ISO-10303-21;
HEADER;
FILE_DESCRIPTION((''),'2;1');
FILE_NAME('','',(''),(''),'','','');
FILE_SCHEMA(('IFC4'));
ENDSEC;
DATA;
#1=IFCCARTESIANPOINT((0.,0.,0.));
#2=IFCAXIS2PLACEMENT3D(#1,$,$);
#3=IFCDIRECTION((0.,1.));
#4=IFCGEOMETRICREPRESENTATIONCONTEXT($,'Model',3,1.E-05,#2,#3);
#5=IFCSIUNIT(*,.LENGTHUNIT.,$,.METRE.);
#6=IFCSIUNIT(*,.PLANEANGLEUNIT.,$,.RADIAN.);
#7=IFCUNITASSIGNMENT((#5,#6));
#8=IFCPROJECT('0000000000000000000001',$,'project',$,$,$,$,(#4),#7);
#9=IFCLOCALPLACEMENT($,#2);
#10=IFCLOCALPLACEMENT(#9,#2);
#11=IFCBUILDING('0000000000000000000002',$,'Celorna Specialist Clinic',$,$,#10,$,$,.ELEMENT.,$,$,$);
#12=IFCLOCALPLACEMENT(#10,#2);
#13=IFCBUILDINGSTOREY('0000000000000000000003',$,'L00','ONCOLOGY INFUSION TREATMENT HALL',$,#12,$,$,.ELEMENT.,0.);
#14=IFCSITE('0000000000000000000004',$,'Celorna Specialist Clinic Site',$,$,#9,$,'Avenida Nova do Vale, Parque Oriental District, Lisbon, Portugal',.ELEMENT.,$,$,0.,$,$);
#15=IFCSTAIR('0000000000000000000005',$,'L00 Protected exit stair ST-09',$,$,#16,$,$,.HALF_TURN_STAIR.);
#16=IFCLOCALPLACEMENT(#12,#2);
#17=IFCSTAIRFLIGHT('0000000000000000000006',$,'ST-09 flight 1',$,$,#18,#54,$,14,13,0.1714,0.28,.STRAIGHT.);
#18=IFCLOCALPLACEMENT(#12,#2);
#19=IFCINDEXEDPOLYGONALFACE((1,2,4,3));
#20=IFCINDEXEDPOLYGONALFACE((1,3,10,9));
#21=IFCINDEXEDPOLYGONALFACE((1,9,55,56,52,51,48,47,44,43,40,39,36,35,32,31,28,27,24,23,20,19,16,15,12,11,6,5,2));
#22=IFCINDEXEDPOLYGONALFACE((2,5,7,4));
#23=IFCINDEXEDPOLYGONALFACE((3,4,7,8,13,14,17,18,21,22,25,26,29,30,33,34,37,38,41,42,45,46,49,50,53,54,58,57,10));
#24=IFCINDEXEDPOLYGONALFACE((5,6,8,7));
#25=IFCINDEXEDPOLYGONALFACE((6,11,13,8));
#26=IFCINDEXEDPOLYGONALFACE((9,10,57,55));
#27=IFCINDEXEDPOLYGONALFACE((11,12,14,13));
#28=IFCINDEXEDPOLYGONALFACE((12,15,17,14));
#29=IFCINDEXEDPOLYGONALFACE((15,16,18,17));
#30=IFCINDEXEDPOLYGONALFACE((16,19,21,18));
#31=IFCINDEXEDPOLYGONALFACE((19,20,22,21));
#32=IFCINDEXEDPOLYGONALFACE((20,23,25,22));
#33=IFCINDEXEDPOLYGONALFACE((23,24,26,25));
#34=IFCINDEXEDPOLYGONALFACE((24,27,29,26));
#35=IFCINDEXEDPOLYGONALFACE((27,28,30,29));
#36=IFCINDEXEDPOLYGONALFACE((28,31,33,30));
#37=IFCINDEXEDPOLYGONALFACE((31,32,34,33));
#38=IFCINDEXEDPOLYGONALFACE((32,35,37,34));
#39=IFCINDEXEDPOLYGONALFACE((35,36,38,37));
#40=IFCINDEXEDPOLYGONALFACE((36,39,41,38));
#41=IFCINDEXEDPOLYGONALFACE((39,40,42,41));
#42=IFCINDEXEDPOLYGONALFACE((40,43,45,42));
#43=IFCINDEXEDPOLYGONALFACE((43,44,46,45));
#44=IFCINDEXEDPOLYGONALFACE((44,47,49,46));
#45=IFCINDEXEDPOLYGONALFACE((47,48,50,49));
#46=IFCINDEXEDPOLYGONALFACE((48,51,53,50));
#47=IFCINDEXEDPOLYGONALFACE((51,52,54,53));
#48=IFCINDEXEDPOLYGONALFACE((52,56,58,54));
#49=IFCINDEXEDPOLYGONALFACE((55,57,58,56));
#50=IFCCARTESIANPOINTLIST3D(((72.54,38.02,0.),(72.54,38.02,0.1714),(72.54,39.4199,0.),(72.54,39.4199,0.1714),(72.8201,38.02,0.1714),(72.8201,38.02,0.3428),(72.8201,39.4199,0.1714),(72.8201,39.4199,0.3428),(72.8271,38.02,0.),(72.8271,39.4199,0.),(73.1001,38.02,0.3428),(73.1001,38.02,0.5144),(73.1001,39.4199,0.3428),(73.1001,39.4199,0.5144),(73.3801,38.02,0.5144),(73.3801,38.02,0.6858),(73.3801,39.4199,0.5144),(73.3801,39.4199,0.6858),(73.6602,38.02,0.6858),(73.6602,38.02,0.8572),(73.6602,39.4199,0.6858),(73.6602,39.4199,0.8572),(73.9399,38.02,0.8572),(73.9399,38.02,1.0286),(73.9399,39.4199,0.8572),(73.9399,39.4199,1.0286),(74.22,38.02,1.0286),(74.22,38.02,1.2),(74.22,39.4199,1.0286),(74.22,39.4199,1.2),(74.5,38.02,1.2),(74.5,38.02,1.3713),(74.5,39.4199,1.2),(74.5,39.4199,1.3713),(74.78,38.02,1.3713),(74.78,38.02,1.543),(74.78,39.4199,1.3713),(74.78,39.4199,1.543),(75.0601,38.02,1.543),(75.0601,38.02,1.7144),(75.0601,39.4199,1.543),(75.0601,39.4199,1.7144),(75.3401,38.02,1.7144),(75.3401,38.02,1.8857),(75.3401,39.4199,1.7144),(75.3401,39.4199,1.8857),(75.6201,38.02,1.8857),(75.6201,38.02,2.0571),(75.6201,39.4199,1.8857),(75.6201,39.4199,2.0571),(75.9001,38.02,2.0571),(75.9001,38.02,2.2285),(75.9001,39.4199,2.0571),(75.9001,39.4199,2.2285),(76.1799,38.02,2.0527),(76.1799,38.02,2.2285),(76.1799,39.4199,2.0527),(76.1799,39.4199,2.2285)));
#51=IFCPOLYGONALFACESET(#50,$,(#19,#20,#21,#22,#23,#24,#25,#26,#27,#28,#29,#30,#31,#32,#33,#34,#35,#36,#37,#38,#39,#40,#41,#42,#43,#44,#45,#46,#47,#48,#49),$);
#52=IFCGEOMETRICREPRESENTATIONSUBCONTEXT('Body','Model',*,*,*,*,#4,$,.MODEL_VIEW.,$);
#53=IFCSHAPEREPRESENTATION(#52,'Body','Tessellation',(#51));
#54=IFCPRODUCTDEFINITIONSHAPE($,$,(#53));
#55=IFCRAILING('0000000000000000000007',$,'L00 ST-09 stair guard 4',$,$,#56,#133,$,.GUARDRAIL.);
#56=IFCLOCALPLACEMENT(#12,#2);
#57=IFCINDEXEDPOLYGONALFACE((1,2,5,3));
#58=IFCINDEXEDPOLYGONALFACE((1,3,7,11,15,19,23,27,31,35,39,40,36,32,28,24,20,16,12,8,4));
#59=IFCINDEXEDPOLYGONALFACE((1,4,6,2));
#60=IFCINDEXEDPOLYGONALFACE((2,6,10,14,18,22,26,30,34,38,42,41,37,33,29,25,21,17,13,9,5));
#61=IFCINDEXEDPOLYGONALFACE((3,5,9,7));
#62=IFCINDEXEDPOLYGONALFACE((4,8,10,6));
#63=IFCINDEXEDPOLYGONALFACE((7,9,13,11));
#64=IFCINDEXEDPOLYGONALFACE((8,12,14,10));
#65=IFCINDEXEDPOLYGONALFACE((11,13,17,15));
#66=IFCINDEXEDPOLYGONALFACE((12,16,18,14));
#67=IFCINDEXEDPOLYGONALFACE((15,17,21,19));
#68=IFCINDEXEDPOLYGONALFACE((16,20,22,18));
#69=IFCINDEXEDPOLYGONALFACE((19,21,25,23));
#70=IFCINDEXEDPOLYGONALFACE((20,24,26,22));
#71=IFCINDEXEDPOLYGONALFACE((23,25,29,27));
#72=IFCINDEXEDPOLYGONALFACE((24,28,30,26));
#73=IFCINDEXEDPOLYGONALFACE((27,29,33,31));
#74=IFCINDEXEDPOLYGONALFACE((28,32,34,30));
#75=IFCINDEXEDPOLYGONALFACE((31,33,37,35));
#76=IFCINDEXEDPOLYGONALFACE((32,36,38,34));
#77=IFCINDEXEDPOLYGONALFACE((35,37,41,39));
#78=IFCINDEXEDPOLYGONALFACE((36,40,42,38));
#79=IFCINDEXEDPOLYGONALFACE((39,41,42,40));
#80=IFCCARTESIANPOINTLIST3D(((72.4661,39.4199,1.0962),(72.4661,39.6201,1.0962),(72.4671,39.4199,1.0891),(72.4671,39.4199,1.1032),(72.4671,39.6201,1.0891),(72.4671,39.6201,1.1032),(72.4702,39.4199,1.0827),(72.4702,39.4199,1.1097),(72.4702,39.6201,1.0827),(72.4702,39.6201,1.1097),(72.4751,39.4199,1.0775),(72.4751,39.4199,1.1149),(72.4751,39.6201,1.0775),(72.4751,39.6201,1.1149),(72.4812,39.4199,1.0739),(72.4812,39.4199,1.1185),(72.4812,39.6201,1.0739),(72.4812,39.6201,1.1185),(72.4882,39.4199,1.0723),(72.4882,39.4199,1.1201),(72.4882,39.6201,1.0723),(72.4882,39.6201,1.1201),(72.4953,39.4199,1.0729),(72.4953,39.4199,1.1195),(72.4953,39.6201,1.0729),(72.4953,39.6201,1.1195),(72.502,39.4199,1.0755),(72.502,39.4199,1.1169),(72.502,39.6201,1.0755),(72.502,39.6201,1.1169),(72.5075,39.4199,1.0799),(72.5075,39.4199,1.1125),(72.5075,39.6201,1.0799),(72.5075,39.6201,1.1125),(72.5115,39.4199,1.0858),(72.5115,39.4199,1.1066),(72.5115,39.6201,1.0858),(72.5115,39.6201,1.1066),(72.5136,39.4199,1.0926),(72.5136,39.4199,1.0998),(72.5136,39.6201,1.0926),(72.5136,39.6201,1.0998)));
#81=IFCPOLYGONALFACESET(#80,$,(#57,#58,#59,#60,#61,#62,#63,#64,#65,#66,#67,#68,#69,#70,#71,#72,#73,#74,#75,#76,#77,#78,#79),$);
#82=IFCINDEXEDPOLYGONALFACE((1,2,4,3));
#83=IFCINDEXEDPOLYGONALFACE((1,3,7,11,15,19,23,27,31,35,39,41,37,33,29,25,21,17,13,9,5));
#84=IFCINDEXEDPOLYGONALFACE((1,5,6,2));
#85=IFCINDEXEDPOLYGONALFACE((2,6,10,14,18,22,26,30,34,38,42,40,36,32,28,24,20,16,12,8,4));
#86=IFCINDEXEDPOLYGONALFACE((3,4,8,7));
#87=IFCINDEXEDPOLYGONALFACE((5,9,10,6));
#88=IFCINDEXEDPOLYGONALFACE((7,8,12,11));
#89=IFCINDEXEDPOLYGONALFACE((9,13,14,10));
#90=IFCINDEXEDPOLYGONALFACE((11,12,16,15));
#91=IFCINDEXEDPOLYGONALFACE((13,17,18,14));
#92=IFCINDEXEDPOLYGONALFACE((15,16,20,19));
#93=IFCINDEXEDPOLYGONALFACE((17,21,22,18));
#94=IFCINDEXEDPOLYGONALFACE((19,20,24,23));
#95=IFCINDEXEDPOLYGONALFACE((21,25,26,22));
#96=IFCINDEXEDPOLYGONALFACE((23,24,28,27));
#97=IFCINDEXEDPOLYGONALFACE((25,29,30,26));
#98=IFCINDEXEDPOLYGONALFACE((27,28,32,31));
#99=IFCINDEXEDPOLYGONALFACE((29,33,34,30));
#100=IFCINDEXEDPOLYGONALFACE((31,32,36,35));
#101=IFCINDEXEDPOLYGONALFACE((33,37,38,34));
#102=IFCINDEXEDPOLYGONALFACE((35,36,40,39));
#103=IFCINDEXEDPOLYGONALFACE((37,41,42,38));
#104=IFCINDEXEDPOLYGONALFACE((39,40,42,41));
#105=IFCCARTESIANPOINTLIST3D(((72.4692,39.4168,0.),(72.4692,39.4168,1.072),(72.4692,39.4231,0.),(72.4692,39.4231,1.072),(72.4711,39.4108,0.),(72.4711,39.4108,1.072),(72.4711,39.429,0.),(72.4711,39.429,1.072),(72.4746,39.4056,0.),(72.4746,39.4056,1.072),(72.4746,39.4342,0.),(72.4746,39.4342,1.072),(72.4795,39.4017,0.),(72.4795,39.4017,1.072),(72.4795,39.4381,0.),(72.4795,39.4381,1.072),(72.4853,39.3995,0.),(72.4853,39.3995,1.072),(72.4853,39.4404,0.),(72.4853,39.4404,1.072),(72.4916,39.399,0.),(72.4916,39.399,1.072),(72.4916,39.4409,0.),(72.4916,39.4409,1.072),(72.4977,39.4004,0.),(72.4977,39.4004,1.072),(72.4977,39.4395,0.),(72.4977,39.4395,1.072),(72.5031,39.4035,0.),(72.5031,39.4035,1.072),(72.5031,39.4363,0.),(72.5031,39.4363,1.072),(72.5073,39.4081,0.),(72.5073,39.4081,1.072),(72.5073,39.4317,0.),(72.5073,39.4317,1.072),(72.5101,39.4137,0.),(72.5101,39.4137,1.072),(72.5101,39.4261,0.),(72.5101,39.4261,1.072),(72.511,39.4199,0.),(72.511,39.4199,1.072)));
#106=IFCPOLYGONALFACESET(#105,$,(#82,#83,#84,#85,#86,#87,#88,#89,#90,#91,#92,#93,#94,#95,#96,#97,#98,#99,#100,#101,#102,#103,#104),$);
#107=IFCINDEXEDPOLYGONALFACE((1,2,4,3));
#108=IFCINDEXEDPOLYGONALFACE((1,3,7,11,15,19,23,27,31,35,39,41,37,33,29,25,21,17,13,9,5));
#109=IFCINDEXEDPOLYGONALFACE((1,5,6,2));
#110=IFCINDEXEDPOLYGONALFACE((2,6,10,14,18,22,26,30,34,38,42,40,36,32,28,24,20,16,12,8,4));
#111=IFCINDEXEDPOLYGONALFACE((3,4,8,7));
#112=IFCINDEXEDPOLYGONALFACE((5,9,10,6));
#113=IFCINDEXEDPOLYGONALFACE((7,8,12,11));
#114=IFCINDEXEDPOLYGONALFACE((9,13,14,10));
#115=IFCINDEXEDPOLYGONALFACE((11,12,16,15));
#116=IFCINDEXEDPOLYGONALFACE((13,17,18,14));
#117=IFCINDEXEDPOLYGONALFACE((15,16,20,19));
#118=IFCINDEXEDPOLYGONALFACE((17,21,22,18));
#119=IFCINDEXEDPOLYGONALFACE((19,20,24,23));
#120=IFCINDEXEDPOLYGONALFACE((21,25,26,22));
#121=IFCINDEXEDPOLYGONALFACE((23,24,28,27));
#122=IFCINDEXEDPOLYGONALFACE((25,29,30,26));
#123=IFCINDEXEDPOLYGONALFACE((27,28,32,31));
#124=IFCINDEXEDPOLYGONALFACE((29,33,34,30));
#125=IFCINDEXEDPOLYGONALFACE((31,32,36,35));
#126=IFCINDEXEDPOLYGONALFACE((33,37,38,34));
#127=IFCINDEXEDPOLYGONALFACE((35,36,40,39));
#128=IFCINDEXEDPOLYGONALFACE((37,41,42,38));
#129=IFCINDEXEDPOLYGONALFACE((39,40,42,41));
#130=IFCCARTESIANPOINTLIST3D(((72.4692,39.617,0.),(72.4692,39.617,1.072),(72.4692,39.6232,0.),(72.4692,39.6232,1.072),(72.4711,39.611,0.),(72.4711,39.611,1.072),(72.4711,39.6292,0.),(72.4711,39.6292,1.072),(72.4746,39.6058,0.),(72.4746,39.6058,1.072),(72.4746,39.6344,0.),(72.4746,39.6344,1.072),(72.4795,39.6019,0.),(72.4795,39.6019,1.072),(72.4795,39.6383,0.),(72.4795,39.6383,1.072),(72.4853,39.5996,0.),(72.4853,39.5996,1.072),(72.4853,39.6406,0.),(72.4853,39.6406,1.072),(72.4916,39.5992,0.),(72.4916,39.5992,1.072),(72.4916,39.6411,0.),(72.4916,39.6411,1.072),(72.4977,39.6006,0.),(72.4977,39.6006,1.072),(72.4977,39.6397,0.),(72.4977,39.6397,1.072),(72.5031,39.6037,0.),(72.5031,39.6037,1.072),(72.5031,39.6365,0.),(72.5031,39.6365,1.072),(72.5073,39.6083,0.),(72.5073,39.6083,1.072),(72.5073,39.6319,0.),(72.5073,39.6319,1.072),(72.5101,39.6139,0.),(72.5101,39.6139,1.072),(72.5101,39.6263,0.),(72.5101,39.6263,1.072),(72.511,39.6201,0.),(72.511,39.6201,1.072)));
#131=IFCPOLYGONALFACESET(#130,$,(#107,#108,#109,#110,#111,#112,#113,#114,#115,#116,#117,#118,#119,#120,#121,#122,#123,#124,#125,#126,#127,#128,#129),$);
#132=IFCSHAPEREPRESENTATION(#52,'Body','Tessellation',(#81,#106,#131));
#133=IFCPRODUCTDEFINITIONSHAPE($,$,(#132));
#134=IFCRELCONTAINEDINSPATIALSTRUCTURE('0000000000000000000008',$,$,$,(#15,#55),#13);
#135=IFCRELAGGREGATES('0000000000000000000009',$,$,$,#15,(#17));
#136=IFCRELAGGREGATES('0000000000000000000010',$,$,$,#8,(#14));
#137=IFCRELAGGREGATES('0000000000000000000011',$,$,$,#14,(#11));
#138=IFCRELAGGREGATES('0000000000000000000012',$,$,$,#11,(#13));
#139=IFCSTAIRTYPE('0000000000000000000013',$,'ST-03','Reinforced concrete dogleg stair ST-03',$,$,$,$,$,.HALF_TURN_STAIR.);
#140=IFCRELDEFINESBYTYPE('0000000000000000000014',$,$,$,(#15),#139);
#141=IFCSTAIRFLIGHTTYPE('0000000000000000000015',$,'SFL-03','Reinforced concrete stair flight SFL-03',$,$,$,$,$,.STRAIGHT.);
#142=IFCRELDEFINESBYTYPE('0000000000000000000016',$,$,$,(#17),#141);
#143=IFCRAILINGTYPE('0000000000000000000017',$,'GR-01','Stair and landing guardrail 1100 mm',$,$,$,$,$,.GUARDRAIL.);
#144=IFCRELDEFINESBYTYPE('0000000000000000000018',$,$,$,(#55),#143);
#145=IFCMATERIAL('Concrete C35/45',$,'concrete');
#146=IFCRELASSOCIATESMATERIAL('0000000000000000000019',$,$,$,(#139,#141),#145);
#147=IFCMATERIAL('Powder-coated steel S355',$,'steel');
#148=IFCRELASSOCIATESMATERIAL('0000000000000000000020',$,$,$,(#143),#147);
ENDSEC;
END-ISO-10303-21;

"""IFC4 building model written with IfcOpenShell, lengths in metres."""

from ifc_helpers import new_model, si_unit, direction, frame, origin, origin_2d, place, context, subcontext, project, spatial, polyline, circle, outline, extrude, material, type_object, element, aggregate, save


model = new_model("IFC4")

# Units and contexts
model_context = context("Model", 3, precision=1e-05, world=origin(), true_north=direction((0.0, 1.0)))
body_context = subcontext(model_context, "Body", "Model", "MODEL_VIEW")
ifc_project = project(units=[si_unit("LENGTHUNIT", "METRE"), si_unit("PLANEANGLEUNIT", "RADIAN")], contexts=[model_context])

# Site, building, storey
site_placement = place(None, origin())
site = spatial("IfcSite", under=ifc_project, at=site_placement, Name="Celorna Specialist Clinic Site", LongName="Avenida Nova do Vale, Parque Oriental District, Lisbon, Portugal", CompositionType="ELEMENT", RefElevation=0.0)
building_placement = place(site_placement, origin())
building = spatial("IfcBuilding", under=site, at=building_placement, Name="Celorna Specialist Clinic", CompositionType="ELEMENT")
storey_placement = place(building_placement, origin())
storey = spatial("IfcBuildingStorey", under=building, at=storey_placement, Name="L00", Description="ONCOLOGY INFUSION TREATMENT HALL", CompositionType="ELEMENT", Elevation=0.0)

# Shared definitions
ifc_material_1 = material(Name="Concrete C35/45", Category="concrete")

# Stair, stair flight
stair_type = type_object("IfcStairType", Name="ST-03", Description="Reinforced concrete dogleg stair ST-03", PredefinedType="HALF_TURN_STAIR", material=ifc_material_1)
stair_placement = place(storey_placement, origin())
stair = element("IfcStair", 1, at=stair_placement, inside=storey, type_object=stair_type, Name="L00 Protected exit stair ST-09", PredefinedType="HALF_TURN_STAIR")
stair_flight_type = type_object("IfcStairFlightType", Name="SFL-03", Description="Reinforced concrete stair flight SFL-03", PredefinedType="STRAIGHT", material=ifc_material_1)
stair_flight_placement = place(storey_placement, frame((72.54, 38.72, 0.0), z_axis=(0.0, 0.0, 1.0), x_axis=(1.0, 0.0, 0.0)))
stair_flight = element("IfcStairFlight", 2, at=stair_flight_placement, type_object=stair_flight_type, Name="ST-09 flight 1", NumberOfRisers=14, NumberOfTreads=13, PredefinedType="STRAIGHT", RiserHeight=0.1714, TreadLength=0.28, context=body_context, shape_type="SweptSolid", body=[
    extrude(outline(polyline([(0.0, 0.0), (0.0, 0.1714), (0.28, 0.1714), (0.28, 0.3428), (0.5601, 0.3428), (0.5601, 0.5144), (0.8401, 0.5144), (0.8401, 0.6858), (1.1201, 0.6858), (1.1201, 0.8572), (1.3999, 0.8572), (1.3999, 1.0286), (1.6799, 1.0286), (1.6799, 1.2), (1.96, 1.2), (1.96, 1.3713), (2.24, 1.3713), (2.24, 1.543), (2.52, 1.543), (2.52, 1.7144), (2.8, 1.7144), (2.8, 1.8857), (3.0801, 1.8857), (3.0801, 2.0571), (3.3601, 2.0571), (3.3601, 2.2285), (3.6399, 2.2285), (3.6399, 2.3999), (3.6399, 2.0527), (0.2871, 0.0), (0.0, 0.0)])), frame((0.0, 0.7, 0.0), z_axis=(0.0, -1.0, 0.0), x_axis=(1.0, 0.0, 0.0)), (0.0, 0.0, 1.0), 1.3999),
])
aggregate(stair, [stair_flight])

# Railing
ifc_material_2 = material(Name="Powder-coated steel S355", Category="steel")
railing_type_1 = type_object("IfcRailingType", Name="GR-01", Description="Stair and landing guardrail 1100 mm", PredefinedType="GUARDRAIL", material=ifc_material_2)
railing_1_placement = place(storey_placement, frame((72.49, 39.4199, 0.0)))
element("IfcRailing", 3, at=railing_1_placement, inside=storey, type_object=railing_type_1, Name="L00 ST-09 stair guard 4", PredefinedType="GUARDRAIL", context=body_context, shape_type="SweptSolid", body=[
    extrude(circle(Radius=0.0239, at=origin_2d()), frame((0.0, 0.0, 1.0962), z_axis=(0.0, 1.0, 0.0), x_axis=(-1.0, 0.0, 0.0)), (0.0, 0.0, 1.0), 0.2002),
    extrude(circle(Radius=0.021, at=origin_2d()), origin(), (0.0, 0.0, 1.0), 1.072),
    extrude(circle(Radius=0.021, at=origin_2d()), frame((0.0, 0.2002, 0.0)), (0.0, 0.0, 1.0), 1.072),
])

save(model, "model.ifc")
